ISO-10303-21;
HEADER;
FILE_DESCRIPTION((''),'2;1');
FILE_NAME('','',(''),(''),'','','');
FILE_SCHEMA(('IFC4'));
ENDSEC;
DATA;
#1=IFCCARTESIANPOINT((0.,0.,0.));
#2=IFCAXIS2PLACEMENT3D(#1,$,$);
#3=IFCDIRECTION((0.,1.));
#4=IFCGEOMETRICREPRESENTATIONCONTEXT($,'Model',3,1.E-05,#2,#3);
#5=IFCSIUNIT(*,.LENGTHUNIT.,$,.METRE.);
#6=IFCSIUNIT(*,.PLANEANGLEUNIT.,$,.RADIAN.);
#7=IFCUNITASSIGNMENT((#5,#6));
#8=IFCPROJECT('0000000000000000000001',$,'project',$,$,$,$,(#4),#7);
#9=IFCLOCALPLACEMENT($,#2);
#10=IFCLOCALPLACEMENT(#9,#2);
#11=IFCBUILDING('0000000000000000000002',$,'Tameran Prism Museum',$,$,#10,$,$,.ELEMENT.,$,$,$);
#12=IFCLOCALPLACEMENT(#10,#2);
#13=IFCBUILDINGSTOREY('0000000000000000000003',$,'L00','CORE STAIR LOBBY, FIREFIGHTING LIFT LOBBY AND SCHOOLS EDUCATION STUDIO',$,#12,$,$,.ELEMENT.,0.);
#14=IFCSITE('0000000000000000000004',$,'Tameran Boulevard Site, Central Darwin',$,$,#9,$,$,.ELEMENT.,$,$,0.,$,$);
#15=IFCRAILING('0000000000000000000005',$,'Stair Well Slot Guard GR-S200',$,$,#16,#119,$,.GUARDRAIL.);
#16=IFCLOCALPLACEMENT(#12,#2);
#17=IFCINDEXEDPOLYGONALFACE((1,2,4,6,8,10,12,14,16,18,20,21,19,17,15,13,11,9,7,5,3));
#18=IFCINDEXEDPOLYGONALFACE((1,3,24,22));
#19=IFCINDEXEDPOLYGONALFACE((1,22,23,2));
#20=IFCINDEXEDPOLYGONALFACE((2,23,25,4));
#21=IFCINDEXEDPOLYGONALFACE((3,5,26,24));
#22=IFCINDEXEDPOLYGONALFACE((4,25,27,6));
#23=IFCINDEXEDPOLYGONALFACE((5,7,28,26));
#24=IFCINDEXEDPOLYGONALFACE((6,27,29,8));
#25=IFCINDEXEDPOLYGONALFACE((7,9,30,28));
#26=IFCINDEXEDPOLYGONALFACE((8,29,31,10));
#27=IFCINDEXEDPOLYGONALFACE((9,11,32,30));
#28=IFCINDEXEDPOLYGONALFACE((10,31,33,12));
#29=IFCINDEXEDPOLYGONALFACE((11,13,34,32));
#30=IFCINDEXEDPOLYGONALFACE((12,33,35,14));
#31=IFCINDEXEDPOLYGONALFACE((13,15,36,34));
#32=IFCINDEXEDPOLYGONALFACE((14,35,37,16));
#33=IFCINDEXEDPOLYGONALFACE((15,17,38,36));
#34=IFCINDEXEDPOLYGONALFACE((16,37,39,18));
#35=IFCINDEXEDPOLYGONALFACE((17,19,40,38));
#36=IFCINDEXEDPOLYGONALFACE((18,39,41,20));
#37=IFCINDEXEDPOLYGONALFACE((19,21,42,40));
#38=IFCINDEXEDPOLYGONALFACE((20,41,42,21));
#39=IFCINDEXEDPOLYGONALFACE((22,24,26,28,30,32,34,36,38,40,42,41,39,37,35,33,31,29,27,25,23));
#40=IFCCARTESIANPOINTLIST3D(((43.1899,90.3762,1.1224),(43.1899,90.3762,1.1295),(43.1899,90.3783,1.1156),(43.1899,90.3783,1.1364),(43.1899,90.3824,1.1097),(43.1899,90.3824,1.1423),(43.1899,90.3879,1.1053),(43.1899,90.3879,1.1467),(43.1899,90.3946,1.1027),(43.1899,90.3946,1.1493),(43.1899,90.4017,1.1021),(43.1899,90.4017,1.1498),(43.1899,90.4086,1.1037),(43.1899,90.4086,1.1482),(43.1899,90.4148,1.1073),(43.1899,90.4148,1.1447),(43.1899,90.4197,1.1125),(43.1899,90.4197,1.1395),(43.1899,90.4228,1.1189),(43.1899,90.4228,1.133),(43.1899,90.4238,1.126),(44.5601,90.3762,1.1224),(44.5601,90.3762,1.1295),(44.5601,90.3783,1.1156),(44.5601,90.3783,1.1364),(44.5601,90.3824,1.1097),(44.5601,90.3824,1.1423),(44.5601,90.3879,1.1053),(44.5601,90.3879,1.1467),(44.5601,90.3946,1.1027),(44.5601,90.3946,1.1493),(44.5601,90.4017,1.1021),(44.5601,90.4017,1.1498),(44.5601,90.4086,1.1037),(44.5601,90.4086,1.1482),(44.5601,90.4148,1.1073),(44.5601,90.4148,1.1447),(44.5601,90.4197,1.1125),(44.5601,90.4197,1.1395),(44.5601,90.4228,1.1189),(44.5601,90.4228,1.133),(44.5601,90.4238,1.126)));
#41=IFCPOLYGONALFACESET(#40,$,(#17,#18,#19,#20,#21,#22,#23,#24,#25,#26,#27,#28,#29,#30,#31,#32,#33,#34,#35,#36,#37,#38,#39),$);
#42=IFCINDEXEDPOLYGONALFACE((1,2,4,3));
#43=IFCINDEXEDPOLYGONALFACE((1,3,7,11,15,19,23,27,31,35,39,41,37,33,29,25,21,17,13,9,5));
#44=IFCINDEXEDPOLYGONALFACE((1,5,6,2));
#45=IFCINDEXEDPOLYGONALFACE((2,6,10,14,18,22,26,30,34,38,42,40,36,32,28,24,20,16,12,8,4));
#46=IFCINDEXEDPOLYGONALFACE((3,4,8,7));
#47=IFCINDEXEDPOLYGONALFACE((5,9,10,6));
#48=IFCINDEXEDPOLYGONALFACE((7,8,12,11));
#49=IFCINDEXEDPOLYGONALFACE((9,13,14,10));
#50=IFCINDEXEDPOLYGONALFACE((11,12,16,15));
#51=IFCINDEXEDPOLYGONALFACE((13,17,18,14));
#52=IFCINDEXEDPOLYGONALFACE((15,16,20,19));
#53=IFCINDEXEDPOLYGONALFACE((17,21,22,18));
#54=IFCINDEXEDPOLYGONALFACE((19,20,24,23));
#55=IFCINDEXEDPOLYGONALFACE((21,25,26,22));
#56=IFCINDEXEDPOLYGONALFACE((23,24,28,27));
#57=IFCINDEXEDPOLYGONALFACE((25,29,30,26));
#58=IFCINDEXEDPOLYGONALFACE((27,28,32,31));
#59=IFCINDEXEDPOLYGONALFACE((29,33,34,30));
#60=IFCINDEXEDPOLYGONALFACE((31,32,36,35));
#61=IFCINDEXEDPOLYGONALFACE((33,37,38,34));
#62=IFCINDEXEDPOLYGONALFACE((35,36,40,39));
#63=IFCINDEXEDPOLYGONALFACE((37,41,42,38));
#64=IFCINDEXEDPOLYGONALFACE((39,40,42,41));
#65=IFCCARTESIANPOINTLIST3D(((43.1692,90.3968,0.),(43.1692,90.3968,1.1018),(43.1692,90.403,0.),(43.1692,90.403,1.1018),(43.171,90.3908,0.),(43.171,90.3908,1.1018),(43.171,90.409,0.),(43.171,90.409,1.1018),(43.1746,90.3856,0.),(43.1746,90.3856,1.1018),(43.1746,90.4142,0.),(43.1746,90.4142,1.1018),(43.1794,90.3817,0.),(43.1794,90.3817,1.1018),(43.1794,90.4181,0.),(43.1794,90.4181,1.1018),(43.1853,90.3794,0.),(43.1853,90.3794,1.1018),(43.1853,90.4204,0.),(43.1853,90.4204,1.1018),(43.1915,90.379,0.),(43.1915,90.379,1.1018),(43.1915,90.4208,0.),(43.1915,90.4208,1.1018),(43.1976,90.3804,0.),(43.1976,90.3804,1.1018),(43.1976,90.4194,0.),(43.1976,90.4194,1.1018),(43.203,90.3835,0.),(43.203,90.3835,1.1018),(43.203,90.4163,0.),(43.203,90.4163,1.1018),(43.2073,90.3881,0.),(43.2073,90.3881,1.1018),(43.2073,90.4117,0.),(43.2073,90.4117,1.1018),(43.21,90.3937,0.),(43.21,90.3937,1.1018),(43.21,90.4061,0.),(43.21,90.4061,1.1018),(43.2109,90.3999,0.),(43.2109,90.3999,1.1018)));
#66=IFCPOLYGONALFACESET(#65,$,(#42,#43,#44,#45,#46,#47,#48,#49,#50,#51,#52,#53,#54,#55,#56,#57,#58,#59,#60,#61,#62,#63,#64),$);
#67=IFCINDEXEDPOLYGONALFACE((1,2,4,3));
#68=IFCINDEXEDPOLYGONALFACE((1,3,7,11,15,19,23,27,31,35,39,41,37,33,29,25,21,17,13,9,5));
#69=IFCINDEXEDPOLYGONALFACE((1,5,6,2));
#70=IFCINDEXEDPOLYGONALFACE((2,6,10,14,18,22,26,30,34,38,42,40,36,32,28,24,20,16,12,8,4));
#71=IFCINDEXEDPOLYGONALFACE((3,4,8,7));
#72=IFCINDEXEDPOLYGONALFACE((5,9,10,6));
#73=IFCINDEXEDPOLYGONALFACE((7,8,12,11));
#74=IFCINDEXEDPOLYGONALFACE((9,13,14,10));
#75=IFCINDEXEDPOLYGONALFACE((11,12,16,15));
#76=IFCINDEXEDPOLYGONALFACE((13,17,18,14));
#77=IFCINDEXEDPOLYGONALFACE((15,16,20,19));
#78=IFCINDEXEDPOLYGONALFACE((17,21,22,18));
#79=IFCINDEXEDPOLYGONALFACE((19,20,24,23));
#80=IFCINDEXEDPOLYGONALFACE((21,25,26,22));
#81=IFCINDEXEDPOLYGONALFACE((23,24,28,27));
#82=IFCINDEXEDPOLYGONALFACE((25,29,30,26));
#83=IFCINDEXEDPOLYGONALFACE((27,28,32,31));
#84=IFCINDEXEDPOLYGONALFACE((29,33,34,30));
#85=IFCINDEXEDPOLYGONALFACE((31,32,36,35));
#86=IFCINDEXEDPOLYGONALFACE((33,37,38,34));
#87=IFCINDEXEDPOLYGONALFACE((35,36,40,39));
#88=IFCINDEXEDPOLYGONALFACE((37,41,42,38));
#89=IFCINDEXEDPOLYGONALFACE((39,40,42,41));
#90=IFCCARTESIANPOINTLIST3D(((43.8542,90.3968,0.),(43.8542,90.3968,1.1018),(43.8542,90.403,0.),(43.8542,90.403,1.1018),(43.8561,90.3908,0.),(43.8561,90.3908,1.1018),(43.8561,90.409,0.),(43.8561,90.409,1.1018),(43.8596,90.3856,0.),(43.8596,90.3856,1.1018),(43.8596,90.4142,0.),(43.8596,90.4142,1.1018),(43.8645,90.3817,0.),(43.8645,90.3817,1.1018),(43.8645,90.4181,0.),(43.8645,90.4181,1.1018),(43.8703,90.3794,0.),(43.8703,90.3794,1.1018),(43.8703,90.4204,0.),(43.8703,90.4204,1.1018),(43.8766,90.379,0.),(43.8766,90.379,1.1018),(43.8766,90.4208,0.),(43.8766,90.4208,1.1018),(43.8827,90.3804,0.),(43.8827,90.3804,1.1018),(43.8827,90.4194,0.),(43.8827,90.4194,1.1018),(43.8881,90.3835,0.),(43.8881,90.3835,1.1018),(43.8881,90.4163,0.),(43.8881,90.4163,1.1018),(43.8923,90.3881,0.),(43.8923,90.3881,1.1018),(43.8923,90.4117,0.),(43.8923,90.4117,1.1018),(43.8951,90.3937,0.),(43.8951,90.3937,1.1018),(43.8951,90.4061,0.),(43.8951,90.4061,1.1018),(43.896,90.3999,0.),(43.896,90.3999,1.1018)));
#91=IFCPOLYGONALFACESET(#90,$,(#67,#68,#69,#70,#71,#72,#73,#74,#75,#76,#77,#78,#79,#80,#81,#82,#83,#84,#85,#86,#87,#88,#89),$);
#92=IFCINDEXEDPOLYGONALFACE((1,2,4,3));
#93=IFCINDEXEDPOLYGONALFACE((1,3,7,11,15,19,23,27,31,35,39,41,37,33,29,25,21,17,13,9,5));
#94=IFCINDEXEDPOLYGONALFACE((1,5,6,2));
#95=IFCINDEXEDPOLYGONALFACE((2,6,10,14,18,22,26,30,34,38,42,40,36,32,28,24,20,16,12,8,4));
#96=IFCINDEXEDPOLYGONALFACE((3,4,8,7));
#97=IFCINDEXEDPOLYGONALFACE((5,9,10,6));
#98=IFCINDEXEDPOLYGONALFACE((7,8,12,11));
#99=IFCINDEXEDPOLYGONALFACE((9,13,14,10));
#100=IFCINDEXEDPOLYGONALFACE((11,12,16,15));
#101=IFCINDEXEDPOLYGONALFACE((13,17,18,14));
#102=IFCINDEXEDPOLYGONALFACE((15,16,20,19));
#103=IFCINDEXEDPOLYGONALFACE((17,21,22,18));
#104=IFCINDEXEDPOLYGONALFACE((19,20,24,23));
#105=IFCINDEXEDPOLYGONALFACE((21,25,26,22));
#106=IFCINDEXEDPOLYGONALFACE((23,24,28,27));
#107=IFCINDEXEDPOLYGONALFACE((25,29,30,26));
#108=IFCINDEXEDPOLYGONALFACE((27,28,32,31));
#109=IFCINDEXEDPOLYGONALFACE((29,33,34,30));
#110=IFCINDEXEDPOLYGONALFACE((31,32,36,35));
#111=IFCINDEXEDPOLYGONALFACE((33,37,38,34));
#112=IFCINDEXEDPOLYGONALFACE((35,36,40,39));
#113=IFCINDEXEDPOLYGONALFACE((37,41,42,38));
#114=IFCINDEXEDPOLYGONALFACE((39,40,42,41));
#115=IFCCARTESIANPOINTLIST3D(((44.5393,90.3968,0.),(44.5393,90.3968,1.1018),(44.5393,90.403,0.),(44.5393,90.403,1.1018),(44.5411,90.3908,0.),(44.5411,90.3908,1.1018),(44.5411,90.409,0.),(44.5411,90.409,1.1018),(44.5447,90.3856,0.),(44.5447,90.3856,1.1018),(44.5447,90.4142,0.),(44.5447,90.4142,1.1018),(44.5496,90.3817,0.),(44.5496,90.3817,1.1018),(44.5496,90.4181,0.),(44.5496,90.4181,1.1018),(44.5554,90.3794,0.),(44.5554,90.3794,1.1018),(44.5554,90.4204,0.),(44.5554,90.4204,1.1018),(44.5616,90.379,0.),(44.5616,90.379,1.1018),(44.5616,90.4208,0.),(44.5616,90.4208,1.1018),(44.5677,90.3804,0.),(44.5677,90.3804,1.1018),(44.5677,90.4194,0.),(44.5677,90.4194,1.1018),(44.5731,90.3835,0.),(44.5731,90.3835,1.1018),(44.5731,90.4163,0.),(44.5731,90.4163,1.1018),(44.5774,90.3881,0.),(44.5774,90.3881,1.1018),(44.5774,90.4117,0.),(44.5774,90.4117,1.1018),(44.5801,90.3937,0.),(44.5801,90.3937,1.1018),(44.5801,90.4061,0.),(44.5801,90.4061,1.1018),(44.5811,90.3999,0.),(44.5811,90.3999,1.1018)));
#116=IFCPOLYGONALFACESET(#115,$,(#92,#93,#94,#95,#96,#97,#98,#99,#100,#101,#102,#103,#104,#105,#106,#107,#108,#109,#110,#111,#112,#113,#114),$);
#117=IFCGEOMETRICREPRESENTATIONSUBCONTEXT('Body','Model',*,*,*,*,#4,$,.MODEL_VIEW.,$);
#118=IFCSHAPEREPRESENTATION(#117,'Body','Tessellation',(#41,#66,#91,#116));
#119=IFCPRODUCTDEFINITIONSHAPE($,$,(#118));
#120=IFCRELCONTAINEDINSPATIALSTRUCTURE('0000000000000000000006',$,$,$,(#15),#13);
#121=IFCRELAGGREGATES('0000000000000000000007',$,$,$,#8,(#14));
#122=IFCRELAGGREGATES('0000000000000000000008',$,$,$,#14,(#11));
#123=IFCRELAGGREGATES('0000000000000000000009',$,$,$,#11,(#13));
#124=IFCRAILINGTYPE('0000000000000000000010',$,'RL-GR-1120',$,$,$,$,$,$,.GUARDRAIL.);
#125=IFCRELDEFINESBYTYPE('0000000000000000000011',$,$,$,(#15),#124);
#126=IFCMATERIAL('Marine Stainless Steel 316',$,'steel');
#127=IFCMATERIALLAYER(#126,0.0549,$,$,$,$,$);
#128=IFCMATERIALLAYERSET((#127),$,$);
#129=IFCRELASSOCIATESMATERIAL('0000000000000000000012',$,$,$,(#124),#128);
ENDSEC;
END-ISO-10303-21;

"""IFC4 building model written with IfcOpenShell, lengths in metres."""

from ifc_helpers import new_model, si_unit, direction, frame, origin, origin_2d, place, context, subcontext, project, spatial, circle, extrude, material, layer, layer_set, type_object, element, save


model = new_model("IFC4")

# Units and contexts
model_context = context("Model", 3, precision=1e-05, world=origin(), true_north=direction((0.0, 1.0)))
body_context = subcontext(model_context, "Body", "Model", "MODEL_VIEW")
ifc_project = project(units=[si_unit("LENGTHUNIT", "METRE"), si_unit("PLANEANGLEUNIT", "RADIAN")], contexts=[model_context])

# Site, building, storey
site_placement = place(None, origin())
site = spatial("IfcSite", under=ifc_project, at=site_placement, Name="Tameran Boulevard Site, Central Darwin", CompositionType="ELEMENT", RefElevation=0.0)
building_placement = place(site_placement, origin())
building = spatial("IfcBuilding", under=site, at=building_placement, Name="Tameran Prism Museum", CompositionType="ELEMENT")
storey_placement = place(building_placement, origin())
storey = spatial("IfcBuildingStorey", under=building, at=storey_placement, Name="L00", Description="CORE STAIR LOBBY, FIREFIGHTING LIFT LOBBY AND SCHOOLS EDUCATION STUDIO", CompositionType="ELEMENT", Elevation=0.0)

# Railing
ifc_material_1 = material(Name="Marine Stainless Steel 316", Category="steel")
ifc_layer_1 = layer(ifc_material_1, 0.0549)
ifc_layer_set_1 = layer_set([ifc_layer_1])
railing_type_1 = type_object("IfcRailingType", Name="RL-GR-1120", PredefinedType="GUARDRAIL", material=ifc_layer_set_1)
railing_1_placement = place(storey_placement, frame((43.1899, 90.3999, 0.0)))
element("IfcRailing", 1, at=railing_1_placement, inside=storey, type_object=railing_type_1, Name="Stair Well Slot Guard GR-S200", PredefinedType="GUARDRAIL", context=body_context, shape_type="SweptSolid", body=[
    extrude(circle(Radius=0.0239, at=origin_2d()), frame((0.0, 0.0, 1.126), z_axis=(1.0, 0.0, 0.0), x_axis=(0.0, 1.0, 0.0)), (0.0, 0.0, 1.0), 1.3701),
    extrude(circle(Radius=0.021, at=origin_2d()), origin(), (0.0, 0.0, 1.0), 1.1018),
    extrude(circle(Radius=0.021, at=origin_2d()), frame((0.6851, 0.0, 0.0)), (0.0, 0.0, 1.0), 1.1018),
    extrude(circle(Radius=0.021, at=origin_2d()), frame((1.3701, 0.0, 0.0)), (0.0, 0.0, 1.0), 1.1018),
])

save(model, "model.ifc")
